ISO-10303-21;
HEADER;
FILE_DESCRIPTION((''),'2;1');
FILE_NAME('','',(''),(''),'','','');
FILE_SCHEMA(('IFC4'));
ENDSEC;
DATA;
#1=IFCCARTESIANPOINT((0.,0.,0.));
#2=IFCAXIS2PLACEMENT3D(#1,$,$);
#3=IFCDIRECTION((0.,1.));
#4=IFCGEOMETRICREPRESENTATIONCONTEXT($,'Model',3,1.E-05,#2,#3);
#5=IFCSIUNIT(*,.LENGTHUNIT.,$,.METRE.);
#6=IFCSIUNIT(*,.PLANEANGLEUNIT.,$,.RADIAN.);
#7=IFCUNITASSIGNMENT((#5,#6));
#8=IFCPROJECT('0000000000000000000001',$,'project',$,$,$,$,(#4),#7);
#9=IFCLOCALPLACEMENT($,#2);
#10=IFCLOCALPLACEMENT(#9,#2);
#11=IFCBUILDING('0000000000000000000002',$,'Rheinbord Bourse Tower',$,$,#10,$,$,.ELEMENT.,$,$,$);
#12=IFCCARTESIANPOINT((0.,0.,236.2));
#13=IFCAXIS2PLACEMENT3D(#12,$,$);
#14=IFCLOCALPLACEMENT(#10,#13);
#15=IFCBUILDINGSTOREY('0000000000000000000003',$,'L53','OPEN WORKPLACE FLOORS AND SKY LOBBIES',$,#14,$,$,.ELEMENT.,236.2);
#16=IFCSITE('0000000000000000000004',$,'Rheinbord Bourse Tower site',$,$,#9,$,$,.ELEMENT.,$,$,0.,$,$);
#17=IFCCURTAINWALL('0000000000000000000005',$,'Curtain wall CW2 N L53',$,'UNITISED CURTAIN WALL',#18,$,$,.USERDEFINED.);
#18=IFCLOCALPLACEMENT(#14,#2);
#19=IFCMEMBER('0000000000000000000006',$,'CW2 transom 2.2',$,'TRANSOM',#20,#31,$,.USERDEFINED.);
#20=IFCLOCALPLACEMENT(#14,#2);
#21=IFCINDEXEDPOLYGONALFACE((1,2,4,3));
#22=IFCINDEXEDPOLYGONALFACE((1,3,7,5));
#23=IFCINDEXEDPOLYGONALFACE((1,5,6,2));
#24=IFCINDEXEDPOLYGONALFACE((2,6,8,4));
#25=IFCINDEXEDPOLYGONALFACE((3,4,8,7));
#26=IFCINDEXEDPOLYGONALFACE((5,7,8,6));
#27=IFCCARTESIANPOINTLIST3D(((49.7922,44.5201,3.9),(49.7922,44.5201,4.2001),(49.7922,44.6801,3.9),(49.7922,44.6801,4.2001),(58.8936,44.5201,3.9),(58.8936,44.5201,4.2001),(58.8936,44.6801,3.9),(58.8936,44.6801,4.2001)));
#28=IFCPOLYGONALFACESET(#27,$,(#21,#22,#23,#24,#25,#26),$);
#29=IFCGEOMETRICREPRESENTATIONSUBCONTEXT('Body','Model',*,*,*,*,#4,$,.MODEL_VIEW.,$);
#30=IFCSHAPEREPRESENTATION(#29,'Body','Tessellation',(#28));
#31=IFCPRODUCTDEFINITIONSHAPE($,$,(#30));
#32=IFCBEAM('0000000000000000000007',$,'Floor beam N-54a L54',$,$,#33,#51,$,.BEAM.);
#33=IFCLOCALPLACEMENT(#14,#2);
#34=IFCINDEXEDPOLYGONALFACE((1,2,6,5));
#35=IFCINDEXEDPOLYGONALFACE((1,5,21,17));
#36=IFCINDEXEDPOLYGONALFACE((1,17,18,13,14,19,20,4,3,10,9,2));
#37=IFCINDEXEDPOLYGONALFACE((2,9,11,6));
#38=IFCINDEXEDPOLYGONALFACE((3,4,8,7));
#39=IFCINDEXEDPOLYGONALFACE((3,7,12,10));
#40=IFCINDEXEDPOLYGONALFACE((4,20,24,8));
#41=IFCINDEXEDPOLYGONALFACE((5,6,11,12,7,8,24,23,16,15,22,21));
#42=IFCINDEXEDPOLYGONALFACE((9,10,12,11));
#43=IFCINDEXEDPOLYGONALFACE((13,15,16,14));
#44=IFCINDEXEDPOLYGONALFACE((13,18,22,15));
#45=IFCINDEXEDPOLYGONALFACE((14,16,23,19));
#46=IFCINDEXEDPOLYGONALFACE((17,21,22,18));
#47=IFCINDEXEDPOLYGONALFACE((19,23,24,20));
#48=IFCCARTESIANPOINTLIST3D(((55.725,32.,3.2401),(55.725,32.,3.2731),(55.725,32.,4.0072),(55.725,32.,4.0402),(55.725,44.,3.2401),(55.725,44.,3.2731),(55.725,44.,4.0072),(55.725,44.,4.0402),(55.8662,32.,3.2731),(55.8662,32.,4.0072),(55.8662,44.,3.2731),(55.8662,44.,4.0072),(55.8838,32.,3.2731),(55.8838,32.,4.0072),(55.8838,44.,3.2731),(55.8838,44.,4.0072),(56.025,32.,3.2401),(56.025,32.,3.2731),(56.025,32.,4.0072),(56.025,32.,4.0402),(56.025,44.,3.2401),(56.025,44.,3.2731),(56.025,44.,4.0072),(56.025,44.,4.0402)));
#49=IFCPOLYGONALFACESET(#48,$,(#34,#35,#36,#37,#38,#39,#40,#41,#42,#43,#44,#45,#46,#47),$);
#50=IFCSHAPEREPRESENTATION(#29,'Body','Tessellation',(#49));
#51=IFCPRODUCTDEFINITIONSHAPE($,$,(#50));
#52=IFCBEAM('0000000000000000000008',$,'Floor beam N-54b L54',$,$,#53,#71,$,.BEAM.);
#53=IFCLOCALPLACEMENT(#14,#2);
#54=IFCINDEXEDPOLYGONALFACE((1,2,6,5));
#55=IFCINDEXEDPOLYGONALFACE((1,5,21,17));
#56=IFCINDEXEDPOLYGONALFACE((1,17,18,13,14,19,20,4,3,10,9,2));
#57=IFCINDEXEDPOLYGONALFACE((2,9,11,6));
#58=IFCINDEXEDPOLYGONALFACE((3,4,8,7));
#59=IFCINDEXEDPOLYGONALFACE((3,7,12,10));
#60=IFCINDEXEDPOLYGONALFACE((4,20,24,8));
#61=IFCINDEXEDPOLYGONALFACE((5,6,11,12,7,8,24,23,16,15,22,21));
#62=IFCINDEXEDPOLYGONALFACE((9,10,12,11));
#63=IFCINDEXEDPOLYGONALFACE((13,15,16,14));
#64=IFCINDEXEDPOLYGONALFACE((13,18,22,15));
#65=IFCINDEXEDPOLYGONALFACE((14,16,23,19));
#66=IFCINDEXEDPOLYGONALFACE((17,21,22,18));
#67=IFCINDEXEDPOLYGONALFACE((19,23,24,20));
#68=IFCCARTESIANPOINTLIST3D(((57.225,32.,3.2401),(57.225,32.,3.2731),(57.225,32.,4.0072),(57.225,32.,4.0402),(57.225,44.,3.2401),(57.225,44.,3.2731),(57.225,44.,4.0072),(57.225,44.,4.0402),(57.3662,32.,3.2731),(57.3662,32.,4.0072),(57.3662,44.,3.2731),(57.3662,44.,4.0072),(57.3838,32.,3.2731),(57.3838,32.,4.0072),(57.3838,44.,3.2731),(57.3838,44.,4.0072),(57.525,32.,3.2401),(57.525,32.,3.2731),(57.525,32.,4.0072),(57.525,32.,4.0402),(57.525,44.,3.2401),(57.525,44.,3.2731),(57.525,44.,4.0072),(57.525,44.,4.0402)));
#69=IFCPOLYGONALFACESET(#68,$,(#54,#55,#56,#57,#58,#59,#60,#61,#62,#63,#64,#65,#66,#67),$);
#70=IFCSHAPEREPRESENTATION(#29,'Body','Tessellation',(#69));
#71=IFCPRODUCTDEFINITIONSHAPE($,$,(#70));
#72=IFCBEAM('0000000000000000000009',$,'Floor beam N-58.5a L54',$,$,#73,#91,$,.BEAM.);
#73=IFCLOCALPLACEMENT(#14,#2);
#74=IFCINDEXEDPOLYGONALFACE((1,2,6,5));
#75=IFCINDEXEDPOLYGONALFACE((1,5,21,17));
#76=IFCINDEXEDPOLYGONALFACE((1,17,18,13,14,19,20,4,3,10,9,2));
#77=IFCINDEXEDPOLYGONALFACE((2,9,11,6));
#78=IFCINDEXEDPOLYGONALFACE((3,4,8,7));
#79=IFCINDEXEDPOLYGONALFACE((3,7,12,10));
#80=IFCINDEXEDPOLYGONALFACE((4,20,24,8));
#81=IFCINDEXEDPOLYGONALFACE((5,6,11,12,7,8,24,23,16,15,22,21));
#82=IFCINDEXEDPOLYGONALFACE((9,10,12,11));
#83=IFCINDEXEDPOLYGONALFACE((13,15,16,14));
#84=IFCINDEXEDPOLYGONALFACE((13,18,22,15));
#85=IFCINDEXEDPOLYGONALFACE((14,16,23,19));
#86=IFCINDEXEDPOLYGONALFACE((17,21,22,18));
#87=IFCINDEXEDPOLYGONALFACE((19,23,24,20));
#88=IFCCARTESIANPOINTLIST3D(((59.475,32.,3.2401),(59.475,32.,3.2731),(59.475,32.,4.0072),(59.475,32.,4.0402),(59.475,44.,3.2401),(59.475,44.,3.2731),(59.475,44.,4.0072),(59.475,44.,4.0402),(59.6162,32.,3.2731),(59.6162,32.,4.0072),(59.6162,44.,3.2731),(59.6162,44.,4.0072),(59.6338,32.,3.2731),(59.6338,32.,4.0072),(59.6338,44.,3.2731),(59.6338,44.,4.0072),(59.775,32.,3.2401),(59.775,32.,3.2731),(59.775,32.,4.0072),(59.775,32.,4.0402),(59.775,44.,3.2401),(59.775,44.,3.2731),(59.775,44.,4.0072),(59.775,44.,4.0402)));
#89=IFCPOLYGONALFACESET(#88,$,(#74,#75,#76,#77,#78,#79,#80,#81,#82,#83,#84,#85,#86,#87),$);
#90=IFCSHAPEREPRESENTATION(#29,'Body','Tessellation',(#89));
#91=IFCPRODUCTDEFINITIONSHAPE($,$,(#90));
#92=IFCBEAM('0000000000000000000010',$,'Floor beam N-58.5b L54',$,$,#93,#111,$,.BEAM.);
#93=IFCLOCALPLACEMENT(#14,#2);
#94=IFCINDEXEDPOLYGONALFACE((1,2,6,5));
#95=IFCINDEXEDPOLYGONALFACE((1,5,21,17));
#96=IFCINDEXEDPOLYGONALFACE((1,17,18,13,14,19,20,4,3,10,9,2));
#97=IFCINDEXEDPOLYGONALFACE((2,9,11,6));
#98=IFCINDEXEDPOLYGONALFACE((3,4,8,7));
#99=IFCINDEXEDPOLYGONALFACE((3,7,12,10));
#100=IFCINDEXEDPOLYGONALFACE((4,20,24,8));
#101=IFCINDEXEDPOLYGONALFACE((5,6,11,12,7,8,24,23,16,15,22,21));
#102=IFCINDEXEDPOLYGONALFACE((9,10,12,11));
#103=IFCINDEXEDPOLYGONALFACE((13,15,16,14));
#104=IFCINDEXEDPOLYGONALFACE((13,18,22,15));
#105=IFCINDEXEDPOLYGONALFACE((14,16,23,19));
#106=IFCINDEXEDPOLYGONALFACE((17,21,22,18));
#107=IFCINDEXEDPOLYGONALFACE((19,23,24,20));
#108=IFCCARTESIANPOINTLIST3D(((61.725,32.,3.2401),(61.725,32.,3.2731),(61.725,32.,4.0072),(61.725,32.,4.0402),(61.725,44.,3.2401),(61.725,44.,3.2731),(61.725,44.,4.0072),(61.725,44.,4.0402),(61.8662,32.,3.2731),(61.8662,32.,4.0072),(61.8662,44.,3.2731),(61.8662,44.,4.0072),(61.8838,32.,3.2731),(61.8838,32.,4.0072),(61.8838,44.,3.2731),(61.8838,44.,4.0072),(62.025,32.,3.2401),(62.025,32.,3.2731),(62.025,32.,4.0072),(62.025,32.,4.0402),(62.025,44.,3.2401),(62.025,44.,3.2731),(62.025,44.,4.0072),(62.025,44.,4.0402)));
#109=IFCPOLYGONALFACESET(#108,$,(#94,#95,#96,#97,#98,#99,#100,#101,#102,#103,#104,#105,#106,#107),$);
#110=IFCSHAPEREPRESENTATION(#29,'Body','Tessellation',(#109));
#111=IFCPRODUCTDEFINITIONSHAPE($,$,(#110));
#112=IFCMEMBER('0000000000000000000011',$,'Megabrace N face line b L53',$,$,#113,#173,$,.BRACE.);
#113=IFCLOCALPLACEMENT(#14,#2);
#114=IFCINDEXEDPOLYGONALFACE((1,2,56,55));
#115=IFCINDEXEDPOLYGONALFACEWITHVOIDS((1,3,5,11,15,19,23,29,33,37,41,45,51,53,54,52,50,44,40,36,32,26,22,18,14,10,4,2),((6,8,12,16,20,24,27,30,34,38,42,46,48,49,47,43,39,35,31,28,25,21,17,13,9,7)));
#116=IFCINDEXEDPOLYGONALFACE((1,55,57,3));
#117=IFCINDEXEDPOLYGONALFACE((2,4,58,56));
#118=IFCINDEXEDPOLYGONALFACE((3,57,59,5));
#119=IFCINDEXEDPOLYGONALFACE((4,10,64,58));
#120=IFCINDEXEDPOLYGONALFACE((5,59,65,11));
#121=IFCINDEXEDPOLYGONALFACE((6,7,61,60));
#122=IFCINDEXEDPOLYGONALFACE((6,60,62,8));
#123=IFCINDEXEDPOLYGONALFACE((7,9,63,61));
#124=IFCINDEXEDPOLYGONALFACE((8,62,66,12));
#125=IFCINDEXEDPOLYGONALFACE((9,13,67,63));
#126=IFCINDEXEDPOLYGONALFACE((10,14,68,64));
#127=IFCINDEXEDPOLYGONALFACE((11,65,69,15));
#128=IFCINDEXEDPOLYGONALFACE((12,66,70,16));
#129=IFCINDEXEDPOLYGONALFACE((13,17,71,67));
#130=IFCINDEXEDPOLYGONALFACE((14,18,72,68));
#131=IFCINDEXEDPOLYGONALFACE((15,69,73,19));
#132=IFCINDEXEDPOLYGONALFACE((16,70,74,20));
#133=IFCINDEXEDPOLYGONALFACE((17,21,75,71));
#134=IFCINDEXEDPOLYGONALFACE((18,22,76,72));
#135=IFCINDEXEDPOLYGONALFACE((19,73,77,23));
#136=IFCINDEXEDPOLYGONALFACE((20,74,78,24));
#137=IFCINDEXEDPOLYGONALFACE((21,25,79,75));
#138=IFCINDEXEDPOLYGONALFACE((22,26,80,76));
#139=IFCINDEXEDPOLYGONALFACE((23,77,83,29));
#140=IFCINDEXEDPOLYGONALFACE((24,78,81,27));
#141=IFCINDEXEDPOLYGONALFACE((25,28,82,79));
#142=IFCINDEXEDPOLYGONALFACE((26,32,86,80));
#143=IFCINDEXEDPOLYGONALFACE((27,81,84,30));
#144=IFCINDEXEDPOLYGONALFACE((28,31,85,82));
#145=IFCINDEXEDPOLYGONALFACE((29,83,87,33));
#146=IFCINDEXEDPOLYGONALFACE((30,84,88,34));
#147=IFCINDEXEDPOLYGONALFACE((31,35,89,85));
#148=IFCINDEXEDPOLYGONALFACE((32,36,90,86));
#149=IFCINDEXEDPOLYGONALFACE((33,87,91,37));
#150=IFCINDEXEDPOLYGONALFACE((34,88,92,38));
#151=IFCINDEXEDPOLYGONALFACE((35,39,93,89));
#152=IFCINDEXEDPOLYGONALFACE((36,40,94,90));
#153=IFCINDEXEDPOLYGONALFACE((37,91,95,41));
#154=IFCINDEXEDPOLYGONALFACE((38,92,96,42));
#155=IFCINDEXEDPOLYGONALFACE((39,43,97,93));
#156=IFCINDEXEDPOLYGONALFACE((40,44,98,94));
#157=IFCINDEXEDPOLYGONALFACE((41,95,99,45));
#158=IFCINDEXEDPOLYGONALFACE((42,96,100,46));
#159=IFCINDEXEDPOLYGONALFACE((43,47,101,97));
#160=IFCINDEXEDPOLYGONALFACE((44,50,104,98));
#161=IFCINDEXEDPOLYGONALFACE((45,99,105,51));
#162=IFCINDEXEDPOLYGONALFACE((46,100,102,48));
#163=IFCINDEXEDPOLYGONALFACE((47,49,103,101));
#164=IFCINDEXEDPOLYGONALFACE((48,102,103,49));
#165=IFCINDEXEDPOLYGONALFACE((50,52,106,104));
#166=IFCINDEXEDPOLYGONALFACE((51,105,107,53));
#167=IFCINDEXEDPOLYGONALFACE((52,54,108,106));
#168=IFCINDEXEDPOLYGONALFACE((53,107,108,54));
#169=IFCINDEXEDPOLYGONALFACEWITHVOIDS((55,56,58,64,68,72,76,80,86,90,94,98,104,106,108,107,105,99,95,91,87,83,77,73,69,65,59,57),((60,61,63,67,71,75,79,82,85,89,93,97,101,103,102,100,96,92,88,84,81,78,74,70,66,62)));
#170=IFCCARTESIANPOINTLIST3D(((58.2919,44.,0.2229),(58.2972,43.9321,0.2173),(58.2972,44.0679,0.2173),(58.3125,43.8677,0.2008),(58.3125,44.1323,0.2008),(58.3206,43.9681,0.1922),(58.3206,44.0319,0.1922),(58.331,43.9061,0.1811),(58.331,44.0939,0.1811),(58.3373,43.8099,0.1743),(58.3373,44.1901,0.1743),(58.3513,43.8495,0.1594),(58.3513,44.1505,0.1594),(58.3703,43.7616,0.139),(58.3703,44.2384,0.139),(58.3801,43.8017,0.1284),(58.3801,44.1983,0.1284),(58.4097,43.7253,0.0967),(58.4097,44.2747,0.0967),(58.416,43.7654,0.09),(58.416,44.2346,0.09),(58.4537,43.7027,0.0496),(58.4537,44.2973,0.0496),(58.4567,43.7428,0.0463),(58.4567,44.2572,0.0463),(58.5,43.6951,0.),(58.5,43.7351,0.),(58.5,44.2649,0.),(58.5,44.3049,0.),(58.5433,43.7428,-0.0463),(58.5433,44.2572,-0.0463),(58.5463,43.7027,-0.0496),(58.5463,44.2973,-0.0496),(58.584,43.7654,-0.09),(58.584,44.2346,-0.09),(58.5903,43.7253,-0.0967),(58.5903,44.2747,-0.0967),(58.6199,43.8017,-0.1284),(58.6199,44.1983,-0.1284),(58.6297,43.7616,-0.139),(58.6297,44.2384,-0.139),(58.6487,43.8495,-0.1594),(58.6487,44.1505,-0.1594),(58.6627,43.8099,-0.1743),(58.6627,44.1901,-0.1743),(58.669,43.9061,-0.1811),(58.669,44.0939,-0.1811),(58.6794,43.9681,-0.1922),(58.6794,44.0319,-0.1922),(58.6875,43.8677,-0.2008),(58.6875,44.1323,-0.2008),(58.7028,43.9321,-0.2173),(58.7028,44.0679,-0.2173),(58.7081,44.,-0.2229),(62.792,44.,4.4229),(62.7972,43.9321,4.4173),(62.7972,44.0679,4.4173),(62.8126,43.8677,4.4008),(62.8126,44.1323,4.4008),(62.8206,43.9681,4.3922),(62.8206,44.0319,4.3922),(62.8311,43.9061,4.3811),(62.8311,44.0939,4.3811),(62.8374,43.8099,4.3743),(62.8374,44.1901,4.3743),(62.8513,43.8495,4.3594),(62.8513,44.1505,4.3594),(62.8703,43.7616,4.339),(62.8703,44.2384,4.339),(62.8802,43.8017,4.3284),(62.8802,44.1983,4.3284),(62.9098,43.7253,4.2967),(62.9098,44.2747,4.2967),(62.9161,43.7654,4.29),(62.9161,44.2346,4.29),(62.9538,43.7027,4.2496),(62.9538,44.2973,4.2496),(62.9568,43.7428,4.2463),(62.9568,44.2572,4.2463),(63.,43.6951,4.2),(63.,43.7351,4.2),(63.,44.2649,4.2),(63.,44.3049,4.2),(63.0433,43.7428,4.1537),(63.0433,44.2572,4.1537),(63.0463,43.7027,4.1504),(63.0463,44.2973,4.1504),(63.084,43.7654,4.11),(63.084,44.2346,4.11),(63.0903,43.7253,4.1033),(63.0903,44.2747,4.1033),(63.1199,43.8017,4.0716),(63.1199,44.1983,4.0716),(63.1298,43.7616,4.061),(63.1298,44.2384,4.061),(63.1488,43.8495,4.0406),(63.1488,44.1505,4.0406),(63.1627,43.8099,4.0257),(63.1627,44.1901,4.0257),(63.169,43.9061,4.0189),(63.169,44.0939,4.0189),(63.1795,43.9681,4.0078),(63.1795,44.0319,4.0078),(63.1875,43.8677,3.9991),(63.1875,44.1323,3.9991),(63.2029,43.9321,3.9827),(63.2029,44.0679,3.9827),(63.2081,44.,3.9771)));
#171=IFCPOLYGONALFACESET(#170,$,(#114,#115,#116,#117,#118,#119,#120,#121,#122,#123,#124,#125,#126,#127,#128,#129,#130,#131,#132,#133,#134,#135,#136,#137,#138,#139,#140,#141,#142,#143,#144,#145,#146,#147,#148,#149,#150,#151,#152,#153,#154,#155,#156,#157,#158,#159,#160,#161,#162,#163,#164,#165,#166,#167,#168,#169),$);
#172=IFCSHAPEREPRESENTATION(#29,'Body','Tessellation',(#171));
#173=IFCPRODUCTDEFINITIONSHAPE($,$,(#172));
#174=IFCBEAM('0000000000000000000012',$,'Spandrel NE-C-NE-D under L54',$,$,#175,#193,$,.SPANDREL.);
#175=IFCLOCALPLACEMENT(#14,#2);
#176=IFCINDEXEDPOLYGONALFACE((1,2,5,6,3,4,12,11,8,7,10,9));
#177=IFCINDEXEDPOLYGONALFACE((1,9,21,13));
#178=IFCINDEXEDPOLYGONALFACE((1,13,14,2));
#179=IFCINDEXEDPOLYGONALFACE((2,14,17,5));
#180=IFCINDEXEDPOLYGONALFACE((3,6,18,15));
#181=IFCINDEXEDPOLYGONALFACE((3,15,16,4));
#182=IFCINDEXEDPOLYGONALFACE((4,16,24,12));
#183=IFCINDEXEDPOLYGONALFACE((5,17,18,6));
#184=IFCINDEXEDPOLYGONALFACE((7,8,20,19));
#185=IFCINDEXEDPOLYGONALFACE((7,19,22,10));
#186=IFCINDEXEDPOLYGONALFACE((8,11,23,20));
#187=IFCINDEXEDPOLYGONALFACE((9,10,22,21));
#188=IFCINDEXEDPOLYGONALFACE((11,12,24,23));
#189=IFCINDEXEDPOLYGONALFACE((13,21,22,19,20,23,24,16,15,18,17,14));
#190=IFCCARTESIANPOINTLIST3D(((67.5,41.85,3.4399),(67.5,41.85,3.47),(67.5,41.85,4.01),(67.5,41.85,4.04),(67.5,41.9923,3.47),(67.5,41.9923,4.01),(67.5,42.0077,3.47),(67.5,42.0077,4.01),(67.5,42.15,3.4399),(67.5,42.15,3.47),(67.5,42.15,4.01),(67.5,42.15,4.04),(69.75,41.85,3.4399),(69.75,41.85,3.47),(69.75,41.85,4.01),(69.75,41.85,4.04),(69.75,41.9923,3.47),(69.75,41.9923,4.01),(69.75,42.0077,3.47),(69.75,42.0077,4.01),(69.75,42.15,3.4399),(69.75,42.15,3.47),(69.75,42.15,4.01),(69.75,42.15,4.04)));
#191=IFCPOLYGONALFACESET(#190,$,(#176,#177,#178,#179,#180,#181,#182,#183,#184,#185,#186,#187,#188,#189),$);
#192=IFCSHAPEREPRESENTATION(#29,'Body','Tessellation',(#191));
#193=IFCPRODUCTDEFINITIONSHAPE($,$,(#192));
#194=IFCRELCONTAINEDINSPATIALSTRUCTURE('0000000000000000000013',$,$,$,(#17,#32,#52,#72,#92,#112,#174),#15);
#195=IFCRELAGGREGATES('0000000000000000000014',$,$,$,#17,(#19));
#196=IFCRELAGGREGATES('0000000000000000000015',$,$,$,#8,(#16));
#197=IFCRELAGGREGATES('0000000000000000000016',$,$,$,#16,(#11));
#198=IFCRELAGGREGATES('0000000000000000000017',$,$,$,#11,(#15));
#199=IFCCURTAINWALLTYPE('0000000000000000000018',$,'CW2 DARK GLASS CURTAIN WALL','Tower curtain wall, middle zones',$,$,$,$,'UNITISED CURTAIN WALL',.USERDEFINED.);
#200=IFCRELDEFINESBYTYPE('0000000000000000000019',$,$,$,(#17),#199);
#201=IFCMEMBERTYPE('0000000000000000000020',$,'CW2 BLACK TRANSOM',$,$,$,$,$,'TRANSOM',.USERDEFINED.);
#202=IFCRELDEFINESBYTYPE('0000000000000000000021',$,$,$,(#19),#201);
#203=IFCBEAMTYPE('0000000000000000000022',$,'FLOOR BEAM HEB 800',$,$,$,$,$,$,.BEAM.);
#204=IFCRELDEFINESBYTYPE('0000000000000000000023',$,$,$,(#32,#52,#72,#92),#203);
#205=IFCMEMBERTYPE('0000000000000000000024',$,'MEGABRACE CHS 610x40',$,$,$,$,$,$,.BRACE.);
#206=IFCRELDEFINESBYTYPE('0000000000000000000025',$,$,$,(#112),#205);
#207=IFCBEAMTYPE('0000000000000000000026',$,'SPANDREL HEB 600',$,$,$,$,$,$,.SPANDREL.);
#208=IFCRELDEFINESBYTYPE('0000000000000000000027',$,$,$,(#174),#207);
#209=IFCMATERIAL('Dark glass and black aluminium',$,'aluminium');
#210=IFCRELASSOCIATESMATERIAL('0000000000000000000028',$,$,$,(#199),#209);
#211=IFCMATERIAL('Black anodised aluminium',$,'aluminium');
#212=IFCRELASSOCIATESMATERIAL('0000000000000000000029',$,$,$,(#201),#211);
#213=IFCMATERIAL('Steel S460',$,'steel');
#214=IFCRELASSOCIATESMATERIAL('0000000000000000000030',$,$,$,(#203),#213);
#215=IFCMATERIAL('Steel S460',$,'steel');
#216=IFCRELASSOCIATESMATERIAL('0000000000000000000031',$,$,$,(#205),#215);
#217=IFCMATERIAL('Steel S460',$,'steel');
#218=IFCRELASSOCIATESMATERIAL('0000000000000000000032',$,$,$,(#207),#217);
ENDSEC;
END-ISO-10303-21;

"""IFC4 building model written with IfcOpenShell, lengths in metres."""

from ifc_helpers import new_model, si_unit, direction, frame, origin, origin_2d, place, context, subcontext, project, spatial, rectangle, hollow_circle, i_section, extrude, material, material_profile, profile_set, type_object, element, aggregate, save


model = new_model("IFC4")

# Units and contexts
model_context = context("Model", 3, precision=1e-05, world=origin(), true_north=direction((0.0, 1.0)))
body_context = subcontext(model_context, "Body", "Model", "MODEL_VIEW")
ifc_project = project(units=[si_unit("LENGTHUNIT", "METRE"), si_unit("PLANEANGLEUNIT", "RADIAN")], contexts=[model_context])

# Site, building, storey
site_placement = place(None, origin())
site = spatial("IfcSite", under=ifc_project, at=site_placement, Name="Rheinbord Bourse Tower site", CompositionType="ELEMENT", RefElevation=0.0)
building_placement = place(site_placement, origin())
building = spatial("IfcBuilding", under=site, at=building_placement, Name="Rheinbord Bourse Tower", CompositionType="ELEMENT")
storey_placement = place(building_placement, frame((0.0, 0.0, 236.2)))
storey = spatial("IfcBuildingStorey", under=building, at=storey_placement, Name="L53", Description="OPEN WORKPLACE FLOORS AND SKY LOBBIES", CompositionType="ELEMENT", Elevation=236.2)

# Curtain wall
ifc_material_1 = material(Name="Dark glass and black aluminium", Category="aluminium")
curtain_wall_type = type_object("IfcCurtainWallType", Name="CW2 DARK GLASS CURTAIN WALL", Description="Tower curtain wall, middle zones", ElementType="UNITISED CURTAIN WALL", PredefinedType="USERDEFINED", material=ifc_material_1)
curtain_wall_1_placement = place(storey_placement, origin())
curtain_wall_1 = element("IfcCurtainWall", 1, at=curtain_wall_1_placement, inside=storey, type_object=curtain_wall_type, Name="Curtain wall CW2 N L53", ObjectType="UNITISED CURTAIN WALL", PredefinedType="USERDEFINED")

# Member
ifc_material_2 = material(Name="Black anodised aluminium", Category="aluminium")
ifc_material_profile_1 = material_profile(ifc_material_2, rectangle(XDim=0.1599, YDim=0.3, at=origin_2d()), Name="CW2 TRANSOM 300x160")
ifc_profile_set_1 = profile_set([ifc_material_profile_1], Name="Black anodised aluminium")
member_type_1 = type_object("IfcMemberType", Name="CW2 BLACK TRANSOM", ElementType="TRANSOM", PredefinedType="USERDEFINED", material=ifc_profile_set_1)
member_1_placement = place(storey_placement, frame((58.8936, 44.6001, 4.05), z_axis=(-1.0, 0.0, 0.0), x_axis=(0.0, -1.0, 0.0)))
member_1 = element("IfcMember", 2, at=member_1_placement, type_object=member_type_1, Name="CW2 transom 2.2", ObjectType="TRANSOM", PredefinedType="USERDEFINED", context=body_context, shape_type="SweptSolid", body=[
    extrude(rectangle(XDim=0.1599, YDim=0.3, at=origin_2d()), origin(), (0.0, 0.0, 1.0), 9.1013),
])

# Beams
ifc_material_3 = material(Name="Steel S460", Category="steel")
ifc_material_profile_2 = material_profile(ifc_material_3, i_section(OverallWidth=0.3, OverallDepth=0.8, WebThickness=0.0176, FlangeThickness=0.033, at=origin_2d()), Name="HEB 800")
ifc_profile_set_2 = profile_set([ifc_material_profile_2], Name="Steel S460")
beam_type_1 = type_object("IfcBeamType", Name="FLOOR BEAM HEB 800", PredefinedType="BEAM", material=ifc_profile_set_2)
for number, where, z_axis, x_axis, name in (
    (3, (55.875, 44.0, 3.6401), (0.0, -1.0, 0.0), (1.0, 0.0, 0.0), "Floor beam N-54a L54"),
    (4, (57.375, 44.0, 3.6401), (0.0, -1.0, 0.0), (1.0, 0.0, 0.0), "Floor beam N-54b L54"),
    (5, (59.625, 44.0, 3.6401), (0.0, -1.0, 0.0), (1.0, 0.0, 0.0), "Floor beam N-58.5a L54"),
    (6, (61.875, 44.0, 3.6401), (0.0, -1.0, 0.0), (1.0, 0.0, 0.0), "Floor beam N-58.5b L54"),
):
    element("IfcBeam", number, at=place(storey_placement, frame(where, z_axis=z_axis, x_axis=x_axis)), inside=storey, type_object=beam_type_1, Name=name, PredefinedType="BEAM", context=body_context, shape_type="SweptSolid", body=[
        extrude(i_section(OverallWidth=0.3, OverallDepth=0.8, WebThickness=0.0176, FlangeThickness=0.033, at=origin_2d()), origin(), (0.0, 0.0, 1.0), 12.0),
    ])

# Member
ifc_material_4 = material(Name="Steel S460", Category="steel")
ifc_material_profile_3 = material_profile(ifc_material_4, hollow_circle(Radius=0.3049, WallThickness=0.04, at=origin_2d()), Name="CHS 610x40")
ifc_profile_set_3 = profile_set([ifc_material_profile_3], Name="Steel S460")
member_type_2 = type_object("IfcMemberType", Name="MEGABRACE CHS 610x40", PredefinedType="BRACE", material=ifc_profile_set_3)
member_2_placement = place(storey_placement, frame((58.5, 44.0, 0.0), z_axis=(0.731059, 0.0, 0.682314), x_axis=(0.0, 1.0, 0.0)))
element("IfcMember", 7, at=member_2_placement, inside=storey, type_object=member_type_2, Name="Megabrace N face line b L53", PredefinedType="BRACE", context=body_context, shape_type="SweptSolid", body=[
    extrude(hollow_circle(Radius=0.3049, WallThickness=0.04, at=origin_2d()), origin(), (0.0, 0.0, 1.0), 6.1555),
])

# Beam
ifc_material_5 = material(Name="Steel S460", Category="steel")
ifc_material_profile_4 = material_profile(ifc_material_5, i_section(OverallWidth=0.3, OverallDepth=0.6001, WebThickness=0.0154, FlangeThickness=0.03, at=origin_2d()), Name="HEB 600")
ifc_profile_set_4 = profile_set([ifc_material_profile_4], Name="Steel S460")
beam_type_2 = type_object("IfcBeamType", Name="SPANDREL HEB 600", PredefinedType="SPANDREL", material=ifc_profile_set_4)
beam_1_placement = place(storey_placement, frame((69.75, 42.0, 3.74), z_axis=(-1.0, 0.0, 0.0), x_axis=(0.0, -1.0, 0.0)))
element("IfcBeam", 8, at=beam_1_placement, inside=storey, type_object=beam_type_2, Name="Spandrel NE-C-NE-D under L54", PredefinedType="SPANDREL", context=body_context, shape_type="SweptSolid", body=[
    extrude(i_section(OverallWidth=0.3, OverallDepth=0.6001, WebThickness=0.0154, FlangeThickness=0.03, at=origin_2d()), origin(), (0.0, 0.0, 1.0), 2.25),
])

aggregate(curtain_wall_1, [member_1])

save(model, "model.ifc")
